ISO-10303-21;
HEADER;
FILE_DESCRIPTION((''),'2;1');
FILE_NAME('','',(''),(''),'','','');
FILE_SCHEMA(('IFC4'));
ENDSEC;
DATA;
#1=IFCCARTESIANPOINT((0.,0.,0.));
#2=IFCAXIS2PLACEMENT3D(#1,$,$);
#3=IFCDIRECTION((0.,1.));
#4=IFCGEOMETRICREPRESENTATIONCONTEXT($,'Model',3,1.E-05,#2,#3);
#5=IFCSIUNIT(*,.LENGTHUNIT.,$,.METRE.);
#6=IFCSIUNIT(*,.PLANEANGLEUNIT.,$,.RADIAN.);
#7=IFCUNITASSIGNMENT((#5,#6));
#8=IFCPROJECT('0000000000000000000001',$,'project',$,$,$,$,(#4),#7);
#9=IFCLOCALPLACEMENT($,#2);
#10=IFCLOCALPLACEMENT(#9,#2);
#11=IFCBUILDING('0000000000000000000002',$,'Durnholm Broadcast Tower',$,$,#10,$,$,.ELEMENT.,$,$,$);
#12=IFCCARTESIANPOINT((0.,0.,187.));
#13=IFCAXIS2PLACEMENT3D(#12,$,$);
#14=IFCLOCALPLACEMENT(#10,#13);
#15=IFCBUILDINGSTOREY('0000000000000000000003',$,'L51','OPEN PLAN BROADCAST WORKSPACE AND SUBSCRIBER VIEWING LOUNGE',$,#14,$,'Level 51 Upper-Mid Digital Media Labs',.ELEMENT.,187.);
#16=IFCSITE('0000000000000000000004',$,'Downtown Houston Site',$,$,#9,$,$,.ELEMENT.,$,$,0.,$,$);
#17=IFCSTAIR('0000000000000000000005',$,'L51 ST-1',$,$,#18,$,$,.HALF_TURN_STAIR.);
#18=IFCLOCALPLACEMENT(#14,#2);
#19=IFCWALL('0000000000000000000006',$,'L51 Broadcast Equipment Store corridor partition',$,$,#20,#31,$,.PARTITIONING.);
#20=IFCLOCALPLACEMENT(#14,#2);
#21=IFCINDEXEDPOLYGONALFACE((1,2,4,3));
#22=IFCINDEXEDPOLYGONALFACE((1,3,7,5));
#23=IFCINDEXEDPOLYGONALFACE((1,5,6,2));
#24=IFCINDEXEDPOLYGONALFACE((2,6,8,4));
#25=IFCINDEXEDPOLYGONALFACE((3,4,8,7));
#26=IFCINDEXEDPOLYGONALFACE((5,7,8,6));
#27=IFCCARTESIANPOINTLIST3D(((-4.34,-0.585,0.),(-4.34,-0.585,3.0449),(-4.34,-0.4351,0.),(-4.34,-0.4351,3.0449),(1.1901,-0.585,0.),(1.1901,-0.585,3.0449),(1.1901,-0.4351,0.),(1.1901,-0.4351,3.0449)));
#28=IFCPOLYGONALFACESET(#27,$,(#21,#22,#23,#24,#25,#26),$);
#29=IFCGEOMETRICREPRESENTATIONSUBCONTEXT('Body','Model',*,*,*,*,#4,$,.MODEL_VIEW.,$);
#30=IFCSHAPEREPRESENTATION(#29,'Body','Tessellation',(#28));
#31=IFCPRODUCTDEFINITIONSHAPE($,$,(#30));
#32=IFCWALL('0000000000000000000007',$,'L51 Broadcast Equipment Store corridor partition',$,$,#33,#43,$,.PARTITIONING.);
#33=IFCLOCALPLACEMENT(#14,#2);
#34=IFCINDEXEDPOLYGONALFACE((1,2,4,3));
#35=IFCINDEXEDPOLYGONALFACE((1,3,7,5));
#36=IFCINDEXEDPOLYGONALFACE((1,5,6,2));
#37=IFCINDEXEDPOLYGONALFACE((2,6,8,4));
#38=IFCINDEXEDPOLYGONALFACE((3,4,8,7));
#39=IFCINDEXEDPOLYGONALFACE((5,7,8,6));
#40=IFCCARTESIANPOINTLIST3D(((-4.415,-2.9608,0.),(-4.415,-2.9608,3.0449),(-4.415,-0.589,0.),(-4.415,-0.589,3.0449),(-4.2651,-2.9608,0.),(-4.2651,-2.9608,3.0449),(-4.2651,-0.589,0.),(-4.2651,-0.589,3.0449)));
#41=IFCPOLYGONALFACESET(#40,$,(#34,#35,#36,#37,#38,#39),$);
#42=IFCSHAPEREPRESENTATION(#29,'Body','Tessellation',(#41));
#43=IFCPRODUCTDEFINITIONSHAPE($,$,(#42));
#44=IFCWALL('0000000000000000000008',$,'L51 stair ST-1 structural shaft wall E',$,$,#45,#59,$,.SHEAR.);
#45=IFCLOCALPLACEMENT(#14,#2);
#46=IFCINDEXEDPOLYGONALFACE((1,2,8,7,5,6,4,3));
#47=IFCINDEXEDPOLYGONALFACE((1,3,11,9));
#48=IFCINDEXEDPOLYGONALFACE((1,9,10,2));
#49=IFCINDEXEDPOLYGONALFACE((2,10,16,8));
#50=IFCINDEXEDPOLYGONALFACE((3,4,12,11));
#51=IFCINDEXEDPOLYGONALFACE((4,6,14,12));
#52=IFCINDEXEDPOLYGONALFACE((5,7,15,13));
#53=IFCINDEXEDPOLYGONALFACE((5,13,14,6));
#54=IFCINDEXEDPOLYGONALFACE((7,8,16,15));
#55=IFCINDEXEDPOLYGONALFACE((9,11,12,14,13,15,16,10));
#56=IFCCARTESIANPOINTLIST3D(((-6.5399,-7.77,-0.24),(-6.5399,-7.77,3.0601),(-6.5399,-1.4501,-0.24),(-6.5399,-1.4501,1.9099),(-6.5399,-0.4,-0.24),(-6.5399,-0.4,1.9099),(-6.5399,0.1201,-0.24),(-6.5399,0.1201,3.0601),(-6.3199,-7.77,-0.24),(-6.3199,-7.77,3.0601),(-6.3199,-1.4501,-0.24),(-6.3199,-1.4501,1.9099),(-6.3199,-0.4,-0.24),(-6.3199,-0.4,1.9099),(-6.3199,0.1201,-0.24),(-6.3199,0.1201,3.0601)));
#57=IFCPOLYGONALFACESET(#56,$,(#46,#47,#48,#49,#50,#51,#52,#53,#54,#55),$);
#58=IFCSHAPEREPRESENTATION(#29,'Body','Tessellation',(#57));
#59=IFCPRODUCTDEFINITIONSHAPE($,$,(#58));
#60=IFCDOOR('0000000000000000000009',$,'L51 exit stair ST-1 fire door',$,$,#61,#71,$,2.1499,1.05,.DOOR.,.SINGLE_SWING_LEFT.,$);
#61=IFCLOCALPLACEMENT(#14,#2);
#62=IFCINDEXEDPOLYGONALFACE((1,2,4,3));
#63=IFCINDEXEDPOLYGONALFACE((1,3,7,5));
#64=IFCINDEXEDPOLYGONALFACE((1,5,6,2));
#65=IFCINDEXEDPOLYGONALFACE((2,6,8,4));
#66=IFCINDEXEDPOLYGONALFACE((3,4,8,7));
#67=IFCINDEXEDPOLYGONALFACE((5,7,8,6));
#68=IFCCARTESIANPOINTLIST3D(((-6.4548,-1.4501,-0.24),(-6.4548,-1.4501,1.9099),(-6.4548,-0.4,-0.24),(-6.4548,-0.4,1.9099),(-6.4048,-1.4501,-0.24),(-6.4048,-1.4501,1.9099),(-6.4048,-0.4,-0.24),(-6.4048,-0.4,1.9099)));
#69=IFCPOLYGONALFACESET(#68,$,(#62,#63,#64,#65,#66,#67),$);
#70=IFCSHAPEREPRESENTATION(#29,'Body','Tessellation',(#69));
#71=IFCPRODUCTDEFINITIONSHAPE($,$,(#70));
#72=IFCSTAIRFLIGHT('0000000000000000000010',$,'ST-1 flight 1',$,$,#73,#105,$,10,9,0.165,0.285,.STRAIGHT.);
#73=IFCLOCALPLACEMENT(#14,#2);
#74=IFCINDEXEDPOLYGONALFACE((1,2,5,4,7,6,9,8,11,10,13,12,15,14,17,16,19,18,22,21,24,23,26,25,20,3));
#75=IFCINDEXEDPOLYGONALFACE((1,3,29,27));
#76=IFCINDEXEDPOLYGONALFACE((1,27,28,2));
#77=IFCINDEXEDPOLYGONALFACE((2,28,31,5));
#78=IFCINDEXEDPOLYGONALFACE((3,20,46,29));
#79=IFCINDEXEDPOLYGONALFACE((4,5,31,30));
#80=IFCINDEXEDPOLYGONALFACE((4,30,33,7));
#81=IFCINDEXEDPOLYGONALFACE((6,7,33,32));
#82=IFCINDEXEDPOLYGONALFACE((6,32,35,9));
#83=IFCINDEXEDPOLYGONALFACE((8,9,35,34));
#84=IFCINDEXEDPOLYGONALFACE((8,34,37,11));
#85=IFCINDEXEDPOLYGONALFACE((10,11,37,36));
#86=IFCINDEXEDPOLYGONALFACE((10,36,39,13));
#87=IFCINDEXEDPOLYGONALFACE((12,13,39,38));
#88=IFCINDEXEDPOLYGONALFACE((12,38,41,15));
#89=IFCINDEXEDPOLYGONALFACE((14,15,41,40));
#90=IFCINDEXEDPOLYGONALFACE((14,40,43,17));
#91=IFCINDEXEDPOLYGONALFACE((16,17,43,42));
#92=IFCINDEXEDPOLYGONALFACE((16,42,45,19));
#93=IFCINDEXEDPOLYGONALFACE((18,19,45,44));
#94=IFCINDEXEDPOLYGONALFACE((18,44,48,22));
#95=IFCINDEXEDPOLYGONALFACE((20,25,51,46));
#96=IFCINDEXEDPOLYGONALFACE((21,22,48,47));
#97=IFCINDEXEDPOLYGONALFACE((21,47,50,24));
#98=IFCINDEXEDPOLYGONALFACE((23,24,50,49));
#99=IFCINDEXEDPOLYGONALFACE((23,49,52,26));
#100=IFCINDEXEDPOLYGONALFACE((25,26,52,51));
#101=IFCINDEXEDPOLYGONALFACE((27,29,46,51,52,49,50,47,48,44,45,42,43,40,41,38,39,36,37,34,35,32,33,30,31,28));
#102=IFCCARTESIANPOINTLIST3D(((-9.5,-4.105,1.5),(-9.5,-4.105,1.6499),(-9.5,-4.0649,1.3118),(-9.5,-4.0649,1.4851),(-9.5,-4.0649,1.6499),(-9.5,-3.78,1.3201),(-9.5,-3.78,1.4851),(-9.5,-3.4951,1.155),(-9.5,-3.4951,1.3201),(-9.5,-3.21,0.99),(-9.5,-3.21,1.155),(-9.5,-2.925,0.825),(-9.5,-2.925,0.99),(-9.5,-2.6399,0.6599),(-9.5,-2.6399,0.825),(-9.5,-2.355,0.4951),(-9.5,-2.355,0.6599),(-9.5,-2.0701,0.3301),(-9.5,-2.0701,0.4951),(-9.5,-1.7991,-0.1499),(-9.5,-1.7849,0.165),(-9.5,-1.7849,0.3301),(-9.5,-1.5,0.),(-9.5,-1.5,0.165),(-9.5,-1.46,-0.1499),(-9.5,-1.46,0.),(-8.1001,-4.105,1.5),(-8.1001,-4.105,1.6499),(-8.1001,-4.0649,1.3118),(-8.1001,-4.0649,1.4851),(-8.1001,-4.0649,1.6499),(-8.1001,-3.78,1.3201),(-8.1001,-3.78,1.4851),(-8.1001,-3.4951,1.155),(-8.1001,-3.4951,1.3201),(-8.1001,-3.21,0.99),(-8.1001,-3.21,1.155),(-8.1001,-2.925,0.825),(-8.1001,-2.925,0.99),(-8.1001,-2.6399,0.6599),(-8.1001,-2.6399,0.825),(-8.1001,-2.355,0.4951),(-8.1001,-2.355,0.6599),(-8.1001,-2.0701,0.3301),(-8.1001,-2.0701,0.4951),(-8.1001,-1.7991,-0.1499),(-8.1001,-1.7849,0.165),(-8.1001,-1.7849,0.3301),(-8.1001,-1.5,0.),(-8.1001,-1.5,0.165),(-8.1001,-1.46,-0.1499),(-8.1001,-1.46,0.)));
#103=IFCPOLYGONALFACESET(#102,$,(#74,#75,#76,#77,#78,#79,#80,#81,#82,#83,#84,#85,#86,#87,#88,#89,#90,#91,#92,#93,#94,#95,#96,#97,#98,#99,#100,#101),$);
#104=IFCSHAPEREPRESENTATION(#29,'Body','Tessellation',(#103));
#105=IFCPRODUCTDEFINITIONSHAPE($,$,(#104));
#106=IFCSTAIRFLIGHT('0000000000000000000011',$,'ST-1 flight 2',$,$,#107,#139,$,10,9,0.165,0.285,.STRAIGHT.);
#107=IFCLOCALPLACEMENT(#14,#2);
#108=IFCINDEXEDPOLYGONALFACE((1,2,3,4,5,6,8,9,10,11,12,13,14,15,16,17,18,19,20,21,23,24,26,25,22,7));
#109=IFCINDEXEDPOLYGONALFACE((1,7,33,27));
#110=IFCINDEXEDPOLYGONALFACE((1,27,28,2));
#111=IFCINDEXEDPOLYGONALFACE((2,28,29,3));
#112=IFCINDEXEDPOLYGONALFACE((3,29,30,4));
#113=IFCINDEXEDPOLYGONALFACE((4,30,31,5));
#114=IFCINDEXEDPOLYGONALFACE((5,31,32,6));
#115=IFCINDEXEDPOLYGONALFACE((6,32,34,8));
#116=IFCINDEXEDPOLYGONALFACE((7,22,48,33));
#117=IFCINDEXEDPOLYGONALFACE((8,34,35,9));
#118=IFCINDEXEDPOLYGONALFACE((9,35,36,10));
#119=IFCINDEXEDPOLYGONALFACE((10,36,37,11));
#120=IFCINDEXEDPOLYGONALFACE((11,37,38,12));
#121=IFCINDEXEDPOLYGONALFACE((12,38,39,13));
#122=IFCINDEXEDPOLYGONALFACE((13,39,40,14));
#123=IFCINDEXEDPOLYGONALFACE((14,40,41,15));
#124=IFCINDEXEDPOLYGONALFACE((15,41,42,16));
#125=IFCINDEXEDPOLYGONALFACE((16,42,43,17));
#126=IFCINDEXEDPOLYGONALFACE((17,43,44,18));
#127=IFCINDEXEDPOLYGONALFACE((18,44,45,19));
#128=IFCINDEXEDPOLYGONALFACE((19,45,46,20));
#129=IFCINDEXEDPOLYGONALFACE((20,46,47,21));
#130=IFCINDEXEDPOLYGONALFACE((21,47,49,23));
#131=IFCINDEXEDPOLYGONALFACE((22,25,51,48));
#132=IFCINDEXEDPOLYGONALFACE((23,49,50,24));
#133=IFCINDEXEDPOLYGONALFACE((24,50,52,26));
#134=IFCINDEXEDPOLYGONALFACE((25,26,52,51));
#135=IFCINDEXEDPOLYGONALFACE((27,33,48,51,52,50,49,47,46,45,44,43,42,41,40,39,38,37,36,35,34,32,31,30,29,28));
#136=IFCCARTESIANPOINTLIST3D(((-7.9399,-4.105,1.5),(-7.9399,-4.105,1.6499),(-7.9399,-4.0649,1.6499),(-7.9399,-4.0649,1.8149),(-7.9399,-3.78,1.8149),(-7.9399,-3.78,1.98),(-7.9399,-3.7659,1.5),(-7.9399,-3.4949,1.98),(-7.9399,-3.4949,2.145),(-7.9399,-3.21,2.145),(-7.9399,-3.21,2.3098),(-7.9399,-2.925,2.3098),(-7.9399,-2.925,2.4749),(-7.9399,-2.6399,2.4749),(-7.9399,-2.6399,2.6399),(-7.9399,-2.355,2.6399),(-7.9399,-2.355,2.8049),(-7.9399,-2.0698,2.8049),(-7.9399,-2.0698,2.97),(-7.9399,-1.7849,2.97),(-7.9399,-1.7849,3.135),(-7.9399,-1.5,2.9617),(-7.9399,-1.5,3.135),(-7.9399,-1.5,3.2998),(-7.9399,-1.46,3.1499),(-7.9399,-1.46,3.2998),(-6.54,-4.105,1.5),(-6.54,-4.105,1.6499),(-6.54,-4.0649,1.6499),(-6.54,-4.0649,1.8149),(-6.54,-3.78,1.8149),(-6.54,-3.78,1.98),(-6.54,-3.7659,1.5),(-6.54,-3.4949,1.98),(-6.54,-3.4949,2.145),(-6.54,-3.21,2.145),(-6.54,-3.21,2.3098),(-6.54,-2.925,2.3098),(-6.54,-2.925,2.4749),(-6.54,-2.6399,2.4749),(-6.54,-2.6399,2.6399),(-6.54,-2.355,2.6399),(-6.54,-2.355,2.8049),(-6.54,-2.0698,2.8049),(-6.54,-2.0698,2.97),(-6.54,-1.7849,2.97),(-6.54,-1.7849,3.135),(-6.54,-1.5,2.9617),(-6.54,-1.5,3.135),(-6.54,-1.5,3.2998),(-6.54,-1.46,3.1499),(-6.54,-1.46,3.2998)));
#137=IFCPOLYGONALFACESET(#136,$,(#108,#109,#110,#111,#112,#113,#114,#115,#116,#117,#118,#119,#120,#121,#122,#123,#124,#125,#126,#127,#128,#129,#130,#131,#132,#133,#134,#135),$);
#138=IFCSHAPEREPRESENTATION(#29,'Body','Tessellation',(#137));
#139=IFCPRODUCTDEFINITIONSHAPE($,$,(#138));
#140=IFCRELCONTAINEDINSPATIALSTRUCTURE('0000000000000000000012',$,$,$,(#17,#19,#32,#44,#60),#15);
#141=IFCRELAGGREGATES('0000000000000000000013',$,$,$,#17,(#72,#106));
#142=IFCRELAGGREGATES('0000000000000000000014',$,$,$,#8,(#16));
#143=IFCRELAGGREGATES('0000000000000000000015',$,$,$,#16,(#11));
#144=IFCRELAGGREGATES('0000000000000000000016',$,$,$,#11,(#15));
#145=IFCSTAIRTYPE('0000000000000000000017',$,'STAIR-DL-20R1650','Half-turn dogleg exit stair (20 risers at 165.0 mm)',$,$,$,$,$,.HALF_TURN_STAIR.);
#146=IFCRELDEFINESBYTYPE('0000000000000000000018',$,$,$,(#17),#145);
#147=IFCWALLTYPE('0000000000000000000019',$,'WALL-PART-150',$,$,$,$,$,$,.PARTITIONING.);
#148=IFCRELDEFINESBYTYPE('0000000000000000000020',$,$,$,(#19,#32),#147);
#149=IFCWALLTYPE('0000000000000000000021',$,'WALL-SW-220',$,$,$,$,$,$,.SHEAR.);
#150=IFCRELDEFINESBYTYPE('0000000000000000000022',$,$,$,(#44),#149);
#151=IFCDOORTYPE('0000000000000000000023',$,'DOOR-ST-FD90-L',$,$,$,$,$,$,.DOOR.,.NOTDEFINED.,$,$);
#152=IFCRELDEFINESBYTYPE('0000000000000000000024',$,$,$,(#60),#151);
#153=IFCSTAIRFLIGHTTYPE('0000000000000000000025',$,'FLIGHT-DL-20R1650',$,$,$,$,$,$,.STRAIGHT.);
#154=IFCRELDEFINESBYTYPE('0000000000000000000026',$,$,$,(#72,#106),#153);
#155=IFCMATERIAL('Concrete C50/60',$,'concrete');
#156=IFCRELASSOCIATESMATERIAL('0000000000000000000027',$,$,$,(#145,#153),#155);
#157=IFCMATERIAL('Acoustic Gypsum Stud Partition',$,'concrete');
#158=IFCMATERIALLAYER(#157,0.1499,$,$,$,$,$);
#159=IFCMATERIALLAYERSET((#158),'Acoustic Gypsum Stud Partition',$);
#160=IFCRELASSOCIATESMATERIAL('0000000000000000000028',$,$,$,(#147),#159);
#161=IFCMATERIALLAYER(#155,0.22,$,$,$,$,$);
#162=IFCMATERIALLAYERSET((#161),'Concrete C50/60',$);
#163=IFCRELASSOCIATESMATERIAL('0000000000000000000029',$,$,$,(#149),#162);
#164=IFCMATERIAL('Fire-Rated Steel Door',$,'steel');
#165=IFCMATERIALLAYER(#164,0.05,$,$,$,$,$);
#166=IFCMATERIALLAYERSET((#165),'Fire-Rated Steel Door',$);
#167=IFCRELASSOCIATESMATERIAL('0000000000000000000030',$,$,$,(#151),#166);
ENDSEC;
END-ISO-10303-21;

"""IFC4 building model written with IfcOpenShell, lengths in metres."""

from ifc_helpers import new_model, si_unit, direction, frame, frame_2d, origin, place, context, subcontext, project, spatial, polyline, rectangle, outline, extrude, source, transform, mapped, material, layer, layer_set, type_object, type_shapes, element, fill, aggregate, save


model = new_model("IFC4")

# Units and contexts
model_context = context("Model", 3, precision=1e-05, world=origin(), true_north=direction((0.0, 1.0)))
body_context = subcontext(model_context, "Body", "Model", "MODEL_VIEW")
ifc_project = project(units=[si_unit("LENGTHUNIT", "METRE"), si_unit("PLANEANGLEUNIT", "RADIAN")], contexts=[model_context])

# Site, building, storey
site_placement = place(None, origin())
site = spatial("IfcSite", under=ifc_project, at=site_placement, Name="Downtown Houston Site", CompositionType="ELEMENT", RefElevation=0.0)
building_placement = place(site_placement, origin())
building = spatial("IfcBuilding", under=site, at=building_placement, Name="Durnholm Broadcast Tower", CompositionType="ELEMENT")
storey_placement = place(building_placement, frame((0.0, 0.0, 187.0)))
storey = spatial("IfcBuildingStorey", under=building, at=storey_placement, Name="L51", Description="OPEN PLAN BROADCAST WORKSPACE AND SUBSCRIBER VIEWING LOUNGE", LongName="Level 51 Upper-Mid Digital Media Labs", CompositionType="ELEMENT", Elevation=187.0)

# Shared definitions
ifc_material_1 = material(Name="Concrete C50/60", Category="concrete")

# Stair
stair_type = type_object("IfcStairType", Name="STAIR-DL-20R1650", Description="Half-turn dogleg exit stair (20 risers at 165.0 mm)", PredefinedType="HALF_TURN_STAIR", material=ifc_material_1)
stair_1_placement = place(storey_placement, origin())
stair_1 = element("IfcStair", 1, at=stair_1_placement, inside=storey, type_object=stair_type, Name="L51 ST-1", PredefinedType="HALF_TURN_STAIR")

# Walls
ifc_material_2 = material(Name="Acoustic Gypsum Stud Partition", Category="concrete")
ifc_layer_1 = layer(ifc_material_2, 0.1499)
ifc_layer_set_1 = layer_set([ifc_layer_1], Name="Acoustic Gypsum Stud Partition")
wall_type_1 = type_object("IfcWallType", Name="WALL-PART-150", PredefinedType="PARTITIONING", material=ifc_layer_set_1)
wall_1_placement = place(storey_placement, frame((-4.3401, -0.51, 0.0), z_axis=(0.0, 0.0, 1.0), x_axis=(1.0, 0.0, 0.0)))
element("IfcWall", 2, at=wall_1_placement, inside=storey, type_object=wall_type_1, Name="L51 Broadcast Equipment Store corridor partition", PredefinedType="PARTITIONING", context=body_context, shape_type="SweptSolid", body=[
    extrude(rectangle(XDim=5.53, YDim=0.1499, at=frame_2d((2.7651, 0.0))), origin(), (0.0, 0.0, 1.0), 3.0449),
])
wall_2_placement = place(storey_placement, frame((-4.3401, -2.9609, 0.0), z_axis=(0.0, 0.0, 1.0), x_axis=(0.0, 1.0, 0.0)))
element("IfcWall", 3, at=wall_2_placement, inside=storey, type_object=wall_type_1, Name="L51 Broadcast Equipment Store corridor partition", PredefinedType="PARTITIONING", context=body_context, shape_type="SweptSolid", body=[
    extrude(rectangle(XDim=2.3718, YDim=0.1499, at=frame_2d((1.186, 0.0))), origin(), (0.0, 0.0, 1.0), 3.0449),
])

# Wall, opening, door
ifc_layer_2 = layer(ifc_material_1, 0.22)
ifc_layer_set_2 = layer_set([ifc_layer_2], Name="Concrete C50/60")
wall_type_2 = type_object("IfcWallType", Name="WALL-SW-220", PredefinedType="SHEAR", material=ifc_layer_set_2)
wall_3_placement = place(storey_placement, frame((-6.4299, -7.77, -0.24), z_axis=(0.0, 0.0, 1.0), x_axis=(0.0, 1.0, 0.0)))
wall_3 = element("IfcWall", 4, at=wall_3_placement, inside=storey, type_object=wall_type_2, Name="L51 stair ST-1 structural shaft wall E", PredefinedType="SHEAR", context=body_context, shape_type="SweptSolid", body=[
    extrude(rectangle(XDim=7.8901, YDim=0.22, at=frame_2d((3.9451, 0.0))), origin(), (0.0, 0.0, 1.0), 3.3),
])
opening_1_placement = place(wall_3_placement, frame((6.3201, 0.0, 0.0)))
opening_1 = element("IfcOpeningElement", 5, at=opening_1_placement, cuts=wall_3, PredefinedType="OPENING", context=body_context, shape_type="SweptSolid", body=[
    extrude(rectangle(XDim=1.05, YDim=2.1499, at=frame_2d((0.5249, 1.075))), frame((0.0, 0.1201, 0.0), z_axis=(0.0, -1.0, 0.0), x_axis=(1.0, 0.0, 0.0)), (0.0, 0.0, 1.0), 0.24),
])
ifc_material_3 = material(Name="Fire-Rated Steel Door", Category="steel")
ifc_layer_3 = layer(ifc_material_3, 0.05)
ifc_layer_set_3 = layer_set([ifc_layer_3], Name="Fire-Rated Steel Door")
door_type_1 = type_object("IfcDoorType", Name="DOOR-ST-FD90-L", OperationType="NOTDEFINED", PredefinedType="DOOR", material=ifc_layer_set_3)
shared_shape_1 = source(origin(), body_context, "Body", "SweptSolid", [
    extrude(rectangle(XDim=1.05, YDim=2.1499, at=frame_2d((0.5249, 1.075))), frame((0.0, 0.0249, 0.0), z_axis=(0.0, -1.0, 0.0), x_axis=(1.0, 0.0, 0.0)), (0.0, 0.0, 1.0), 0.05),
])
type_shapes(door_type_1, [shared_shape_1])
door_1_placement = place(opening_1_placement, origin())
door_1 = element("IfcDoor", 6, at=door_1_placement, inside=storey, type_object=door_type_1, Name="L51 exit stair ST-1 fire door", OperationType="SINGLE_SWING_LEFT", OverallHeight=2.1499, OverallWidth=1.05, PredefinedType="DOOR", context=body_context, shape_type="MappedRepresentation", body=[
    mapped(shared_shape_1, transform((0.0, 0.0, 0.0), x_axis=(1.0, 0.0, 0.0), y_axis=(0.0, 1.0, 0.0), z_axis=(0.0, 0.0, 1.0), scale=1.0)),
])
fill(opening_1, door_1)

# Stair flights
stair_flight_type = type_object("IfcStairFlightType", Name="FLIGHT-DL-20R1650", PredefinedType="STRAIGHT", material=ifc_material_1)
stair_flight_1_placement = place(storey_placement, frame((-8.8, -1.5, 0.0), z_axis=(0.0, 0.0, 1.0), x_axis=(0.0, -1.0, 0.0)))
stair_flight_1 = element("IfcStairFlight", 7, at=stair_flight_1_placement, type_object=stair_flight_type, Name="ST-1 flight 1", NumberOfRisers=10, NumberOfTreads=9, PredefinedType="STRAIGHT", RiserHeight=0.165, TreadLength=0.285, context=body_context, shape_type="SweptSolid", body=[
    extrude(outline(polyline([(-0.04, -0.1499), (-0.04, 0.0), (0.0, 0.0), (0.0, 0.165), (0.2849, 0.165), (0.2849, 0.3301), (0.5701, 0.3301), (0.5701, 0.4951), (0.855, 0.4951), (0.855, 0.6599), (1.1399, 0.6599), (1.1399, 0.825), (1.425, 0.825), (1.425, 0.99), (1.71, 0.99), (1.71, 1.155), (1.9951, 1.155), (1.9951, 1.3201), (2.28, 1.3201), (2.28, 1.4851), (2.5649, 1.4851), (2.5649, 1.6499), (2.605, 1.6499), (2.605, 1.5), (2.5649, 1.3118), (0.2991, -0.1499), (-0.04, -0.1499)])), frame((0.0, 0.7, 0.0), z_axis=(0.0, -1.0, 0.0), x_axis=(1.0, 0.0, 0.0)), (0.0, 0.0, 1.0), 1.3999),
])
stair_flight_2_placement = place(storey_placement, frame((-7.24, -4.0649, 1.6499), z_axis=(0.0, 0.0, 1.0), x_axis=(0.0, 1.0, 0.0)))
stair_flight_2 = element("IfcStairFlight", 8, at=stair_flight_2_placement, type_object=stair_flight_type, Name="ST-1 flight 2", NumberOfRisers=10, NumberOfTreads=9, PredefinedType="STRAIGHT", RiserHeight=0.165, TreadLength=0.285, context=body_context, shape_type="SweptSolid", body=[
    extrude(outline(polyline([(-0.04, -0.1499), (-0.04, 0.0), (0.0, 0.0), (0.0, 0.165), (0.2849, 0.165), (0.2849, 0.3301), (0.5701, 0.3301), (0.5701, 0.4951), (0.855, 0.4951), (0.855, 0.6599), (1.1399, 0.6599), (1.1399, 0.825), (1.425, 0.825), (1.425, 0.99), (1.71, 0.99), (1.71, 1.155), (1.9951, 1.155), (1.9951, 1.3201), (2.28, 1.3201), (2.28, 1.4851), (2.5649, 1.4851), (2.5649, 1.6499), (2.605, 1.6499), (2.605, 1.5), (2.5649, 1.3118), (0.2991, -0.1499), (-0.04, -0.1499)])), frame((0.0, 0.7, 0.0), z_axis=(0.0, -1.0, 0.0), x_axis=(1.0, 0.0, 0.0)), (0.0, 0.0, 1.0), 1.3999),
])
aggregate(stair_1, [stair_flight_1, stair_flight_2])

save(model, "model.ifc")
